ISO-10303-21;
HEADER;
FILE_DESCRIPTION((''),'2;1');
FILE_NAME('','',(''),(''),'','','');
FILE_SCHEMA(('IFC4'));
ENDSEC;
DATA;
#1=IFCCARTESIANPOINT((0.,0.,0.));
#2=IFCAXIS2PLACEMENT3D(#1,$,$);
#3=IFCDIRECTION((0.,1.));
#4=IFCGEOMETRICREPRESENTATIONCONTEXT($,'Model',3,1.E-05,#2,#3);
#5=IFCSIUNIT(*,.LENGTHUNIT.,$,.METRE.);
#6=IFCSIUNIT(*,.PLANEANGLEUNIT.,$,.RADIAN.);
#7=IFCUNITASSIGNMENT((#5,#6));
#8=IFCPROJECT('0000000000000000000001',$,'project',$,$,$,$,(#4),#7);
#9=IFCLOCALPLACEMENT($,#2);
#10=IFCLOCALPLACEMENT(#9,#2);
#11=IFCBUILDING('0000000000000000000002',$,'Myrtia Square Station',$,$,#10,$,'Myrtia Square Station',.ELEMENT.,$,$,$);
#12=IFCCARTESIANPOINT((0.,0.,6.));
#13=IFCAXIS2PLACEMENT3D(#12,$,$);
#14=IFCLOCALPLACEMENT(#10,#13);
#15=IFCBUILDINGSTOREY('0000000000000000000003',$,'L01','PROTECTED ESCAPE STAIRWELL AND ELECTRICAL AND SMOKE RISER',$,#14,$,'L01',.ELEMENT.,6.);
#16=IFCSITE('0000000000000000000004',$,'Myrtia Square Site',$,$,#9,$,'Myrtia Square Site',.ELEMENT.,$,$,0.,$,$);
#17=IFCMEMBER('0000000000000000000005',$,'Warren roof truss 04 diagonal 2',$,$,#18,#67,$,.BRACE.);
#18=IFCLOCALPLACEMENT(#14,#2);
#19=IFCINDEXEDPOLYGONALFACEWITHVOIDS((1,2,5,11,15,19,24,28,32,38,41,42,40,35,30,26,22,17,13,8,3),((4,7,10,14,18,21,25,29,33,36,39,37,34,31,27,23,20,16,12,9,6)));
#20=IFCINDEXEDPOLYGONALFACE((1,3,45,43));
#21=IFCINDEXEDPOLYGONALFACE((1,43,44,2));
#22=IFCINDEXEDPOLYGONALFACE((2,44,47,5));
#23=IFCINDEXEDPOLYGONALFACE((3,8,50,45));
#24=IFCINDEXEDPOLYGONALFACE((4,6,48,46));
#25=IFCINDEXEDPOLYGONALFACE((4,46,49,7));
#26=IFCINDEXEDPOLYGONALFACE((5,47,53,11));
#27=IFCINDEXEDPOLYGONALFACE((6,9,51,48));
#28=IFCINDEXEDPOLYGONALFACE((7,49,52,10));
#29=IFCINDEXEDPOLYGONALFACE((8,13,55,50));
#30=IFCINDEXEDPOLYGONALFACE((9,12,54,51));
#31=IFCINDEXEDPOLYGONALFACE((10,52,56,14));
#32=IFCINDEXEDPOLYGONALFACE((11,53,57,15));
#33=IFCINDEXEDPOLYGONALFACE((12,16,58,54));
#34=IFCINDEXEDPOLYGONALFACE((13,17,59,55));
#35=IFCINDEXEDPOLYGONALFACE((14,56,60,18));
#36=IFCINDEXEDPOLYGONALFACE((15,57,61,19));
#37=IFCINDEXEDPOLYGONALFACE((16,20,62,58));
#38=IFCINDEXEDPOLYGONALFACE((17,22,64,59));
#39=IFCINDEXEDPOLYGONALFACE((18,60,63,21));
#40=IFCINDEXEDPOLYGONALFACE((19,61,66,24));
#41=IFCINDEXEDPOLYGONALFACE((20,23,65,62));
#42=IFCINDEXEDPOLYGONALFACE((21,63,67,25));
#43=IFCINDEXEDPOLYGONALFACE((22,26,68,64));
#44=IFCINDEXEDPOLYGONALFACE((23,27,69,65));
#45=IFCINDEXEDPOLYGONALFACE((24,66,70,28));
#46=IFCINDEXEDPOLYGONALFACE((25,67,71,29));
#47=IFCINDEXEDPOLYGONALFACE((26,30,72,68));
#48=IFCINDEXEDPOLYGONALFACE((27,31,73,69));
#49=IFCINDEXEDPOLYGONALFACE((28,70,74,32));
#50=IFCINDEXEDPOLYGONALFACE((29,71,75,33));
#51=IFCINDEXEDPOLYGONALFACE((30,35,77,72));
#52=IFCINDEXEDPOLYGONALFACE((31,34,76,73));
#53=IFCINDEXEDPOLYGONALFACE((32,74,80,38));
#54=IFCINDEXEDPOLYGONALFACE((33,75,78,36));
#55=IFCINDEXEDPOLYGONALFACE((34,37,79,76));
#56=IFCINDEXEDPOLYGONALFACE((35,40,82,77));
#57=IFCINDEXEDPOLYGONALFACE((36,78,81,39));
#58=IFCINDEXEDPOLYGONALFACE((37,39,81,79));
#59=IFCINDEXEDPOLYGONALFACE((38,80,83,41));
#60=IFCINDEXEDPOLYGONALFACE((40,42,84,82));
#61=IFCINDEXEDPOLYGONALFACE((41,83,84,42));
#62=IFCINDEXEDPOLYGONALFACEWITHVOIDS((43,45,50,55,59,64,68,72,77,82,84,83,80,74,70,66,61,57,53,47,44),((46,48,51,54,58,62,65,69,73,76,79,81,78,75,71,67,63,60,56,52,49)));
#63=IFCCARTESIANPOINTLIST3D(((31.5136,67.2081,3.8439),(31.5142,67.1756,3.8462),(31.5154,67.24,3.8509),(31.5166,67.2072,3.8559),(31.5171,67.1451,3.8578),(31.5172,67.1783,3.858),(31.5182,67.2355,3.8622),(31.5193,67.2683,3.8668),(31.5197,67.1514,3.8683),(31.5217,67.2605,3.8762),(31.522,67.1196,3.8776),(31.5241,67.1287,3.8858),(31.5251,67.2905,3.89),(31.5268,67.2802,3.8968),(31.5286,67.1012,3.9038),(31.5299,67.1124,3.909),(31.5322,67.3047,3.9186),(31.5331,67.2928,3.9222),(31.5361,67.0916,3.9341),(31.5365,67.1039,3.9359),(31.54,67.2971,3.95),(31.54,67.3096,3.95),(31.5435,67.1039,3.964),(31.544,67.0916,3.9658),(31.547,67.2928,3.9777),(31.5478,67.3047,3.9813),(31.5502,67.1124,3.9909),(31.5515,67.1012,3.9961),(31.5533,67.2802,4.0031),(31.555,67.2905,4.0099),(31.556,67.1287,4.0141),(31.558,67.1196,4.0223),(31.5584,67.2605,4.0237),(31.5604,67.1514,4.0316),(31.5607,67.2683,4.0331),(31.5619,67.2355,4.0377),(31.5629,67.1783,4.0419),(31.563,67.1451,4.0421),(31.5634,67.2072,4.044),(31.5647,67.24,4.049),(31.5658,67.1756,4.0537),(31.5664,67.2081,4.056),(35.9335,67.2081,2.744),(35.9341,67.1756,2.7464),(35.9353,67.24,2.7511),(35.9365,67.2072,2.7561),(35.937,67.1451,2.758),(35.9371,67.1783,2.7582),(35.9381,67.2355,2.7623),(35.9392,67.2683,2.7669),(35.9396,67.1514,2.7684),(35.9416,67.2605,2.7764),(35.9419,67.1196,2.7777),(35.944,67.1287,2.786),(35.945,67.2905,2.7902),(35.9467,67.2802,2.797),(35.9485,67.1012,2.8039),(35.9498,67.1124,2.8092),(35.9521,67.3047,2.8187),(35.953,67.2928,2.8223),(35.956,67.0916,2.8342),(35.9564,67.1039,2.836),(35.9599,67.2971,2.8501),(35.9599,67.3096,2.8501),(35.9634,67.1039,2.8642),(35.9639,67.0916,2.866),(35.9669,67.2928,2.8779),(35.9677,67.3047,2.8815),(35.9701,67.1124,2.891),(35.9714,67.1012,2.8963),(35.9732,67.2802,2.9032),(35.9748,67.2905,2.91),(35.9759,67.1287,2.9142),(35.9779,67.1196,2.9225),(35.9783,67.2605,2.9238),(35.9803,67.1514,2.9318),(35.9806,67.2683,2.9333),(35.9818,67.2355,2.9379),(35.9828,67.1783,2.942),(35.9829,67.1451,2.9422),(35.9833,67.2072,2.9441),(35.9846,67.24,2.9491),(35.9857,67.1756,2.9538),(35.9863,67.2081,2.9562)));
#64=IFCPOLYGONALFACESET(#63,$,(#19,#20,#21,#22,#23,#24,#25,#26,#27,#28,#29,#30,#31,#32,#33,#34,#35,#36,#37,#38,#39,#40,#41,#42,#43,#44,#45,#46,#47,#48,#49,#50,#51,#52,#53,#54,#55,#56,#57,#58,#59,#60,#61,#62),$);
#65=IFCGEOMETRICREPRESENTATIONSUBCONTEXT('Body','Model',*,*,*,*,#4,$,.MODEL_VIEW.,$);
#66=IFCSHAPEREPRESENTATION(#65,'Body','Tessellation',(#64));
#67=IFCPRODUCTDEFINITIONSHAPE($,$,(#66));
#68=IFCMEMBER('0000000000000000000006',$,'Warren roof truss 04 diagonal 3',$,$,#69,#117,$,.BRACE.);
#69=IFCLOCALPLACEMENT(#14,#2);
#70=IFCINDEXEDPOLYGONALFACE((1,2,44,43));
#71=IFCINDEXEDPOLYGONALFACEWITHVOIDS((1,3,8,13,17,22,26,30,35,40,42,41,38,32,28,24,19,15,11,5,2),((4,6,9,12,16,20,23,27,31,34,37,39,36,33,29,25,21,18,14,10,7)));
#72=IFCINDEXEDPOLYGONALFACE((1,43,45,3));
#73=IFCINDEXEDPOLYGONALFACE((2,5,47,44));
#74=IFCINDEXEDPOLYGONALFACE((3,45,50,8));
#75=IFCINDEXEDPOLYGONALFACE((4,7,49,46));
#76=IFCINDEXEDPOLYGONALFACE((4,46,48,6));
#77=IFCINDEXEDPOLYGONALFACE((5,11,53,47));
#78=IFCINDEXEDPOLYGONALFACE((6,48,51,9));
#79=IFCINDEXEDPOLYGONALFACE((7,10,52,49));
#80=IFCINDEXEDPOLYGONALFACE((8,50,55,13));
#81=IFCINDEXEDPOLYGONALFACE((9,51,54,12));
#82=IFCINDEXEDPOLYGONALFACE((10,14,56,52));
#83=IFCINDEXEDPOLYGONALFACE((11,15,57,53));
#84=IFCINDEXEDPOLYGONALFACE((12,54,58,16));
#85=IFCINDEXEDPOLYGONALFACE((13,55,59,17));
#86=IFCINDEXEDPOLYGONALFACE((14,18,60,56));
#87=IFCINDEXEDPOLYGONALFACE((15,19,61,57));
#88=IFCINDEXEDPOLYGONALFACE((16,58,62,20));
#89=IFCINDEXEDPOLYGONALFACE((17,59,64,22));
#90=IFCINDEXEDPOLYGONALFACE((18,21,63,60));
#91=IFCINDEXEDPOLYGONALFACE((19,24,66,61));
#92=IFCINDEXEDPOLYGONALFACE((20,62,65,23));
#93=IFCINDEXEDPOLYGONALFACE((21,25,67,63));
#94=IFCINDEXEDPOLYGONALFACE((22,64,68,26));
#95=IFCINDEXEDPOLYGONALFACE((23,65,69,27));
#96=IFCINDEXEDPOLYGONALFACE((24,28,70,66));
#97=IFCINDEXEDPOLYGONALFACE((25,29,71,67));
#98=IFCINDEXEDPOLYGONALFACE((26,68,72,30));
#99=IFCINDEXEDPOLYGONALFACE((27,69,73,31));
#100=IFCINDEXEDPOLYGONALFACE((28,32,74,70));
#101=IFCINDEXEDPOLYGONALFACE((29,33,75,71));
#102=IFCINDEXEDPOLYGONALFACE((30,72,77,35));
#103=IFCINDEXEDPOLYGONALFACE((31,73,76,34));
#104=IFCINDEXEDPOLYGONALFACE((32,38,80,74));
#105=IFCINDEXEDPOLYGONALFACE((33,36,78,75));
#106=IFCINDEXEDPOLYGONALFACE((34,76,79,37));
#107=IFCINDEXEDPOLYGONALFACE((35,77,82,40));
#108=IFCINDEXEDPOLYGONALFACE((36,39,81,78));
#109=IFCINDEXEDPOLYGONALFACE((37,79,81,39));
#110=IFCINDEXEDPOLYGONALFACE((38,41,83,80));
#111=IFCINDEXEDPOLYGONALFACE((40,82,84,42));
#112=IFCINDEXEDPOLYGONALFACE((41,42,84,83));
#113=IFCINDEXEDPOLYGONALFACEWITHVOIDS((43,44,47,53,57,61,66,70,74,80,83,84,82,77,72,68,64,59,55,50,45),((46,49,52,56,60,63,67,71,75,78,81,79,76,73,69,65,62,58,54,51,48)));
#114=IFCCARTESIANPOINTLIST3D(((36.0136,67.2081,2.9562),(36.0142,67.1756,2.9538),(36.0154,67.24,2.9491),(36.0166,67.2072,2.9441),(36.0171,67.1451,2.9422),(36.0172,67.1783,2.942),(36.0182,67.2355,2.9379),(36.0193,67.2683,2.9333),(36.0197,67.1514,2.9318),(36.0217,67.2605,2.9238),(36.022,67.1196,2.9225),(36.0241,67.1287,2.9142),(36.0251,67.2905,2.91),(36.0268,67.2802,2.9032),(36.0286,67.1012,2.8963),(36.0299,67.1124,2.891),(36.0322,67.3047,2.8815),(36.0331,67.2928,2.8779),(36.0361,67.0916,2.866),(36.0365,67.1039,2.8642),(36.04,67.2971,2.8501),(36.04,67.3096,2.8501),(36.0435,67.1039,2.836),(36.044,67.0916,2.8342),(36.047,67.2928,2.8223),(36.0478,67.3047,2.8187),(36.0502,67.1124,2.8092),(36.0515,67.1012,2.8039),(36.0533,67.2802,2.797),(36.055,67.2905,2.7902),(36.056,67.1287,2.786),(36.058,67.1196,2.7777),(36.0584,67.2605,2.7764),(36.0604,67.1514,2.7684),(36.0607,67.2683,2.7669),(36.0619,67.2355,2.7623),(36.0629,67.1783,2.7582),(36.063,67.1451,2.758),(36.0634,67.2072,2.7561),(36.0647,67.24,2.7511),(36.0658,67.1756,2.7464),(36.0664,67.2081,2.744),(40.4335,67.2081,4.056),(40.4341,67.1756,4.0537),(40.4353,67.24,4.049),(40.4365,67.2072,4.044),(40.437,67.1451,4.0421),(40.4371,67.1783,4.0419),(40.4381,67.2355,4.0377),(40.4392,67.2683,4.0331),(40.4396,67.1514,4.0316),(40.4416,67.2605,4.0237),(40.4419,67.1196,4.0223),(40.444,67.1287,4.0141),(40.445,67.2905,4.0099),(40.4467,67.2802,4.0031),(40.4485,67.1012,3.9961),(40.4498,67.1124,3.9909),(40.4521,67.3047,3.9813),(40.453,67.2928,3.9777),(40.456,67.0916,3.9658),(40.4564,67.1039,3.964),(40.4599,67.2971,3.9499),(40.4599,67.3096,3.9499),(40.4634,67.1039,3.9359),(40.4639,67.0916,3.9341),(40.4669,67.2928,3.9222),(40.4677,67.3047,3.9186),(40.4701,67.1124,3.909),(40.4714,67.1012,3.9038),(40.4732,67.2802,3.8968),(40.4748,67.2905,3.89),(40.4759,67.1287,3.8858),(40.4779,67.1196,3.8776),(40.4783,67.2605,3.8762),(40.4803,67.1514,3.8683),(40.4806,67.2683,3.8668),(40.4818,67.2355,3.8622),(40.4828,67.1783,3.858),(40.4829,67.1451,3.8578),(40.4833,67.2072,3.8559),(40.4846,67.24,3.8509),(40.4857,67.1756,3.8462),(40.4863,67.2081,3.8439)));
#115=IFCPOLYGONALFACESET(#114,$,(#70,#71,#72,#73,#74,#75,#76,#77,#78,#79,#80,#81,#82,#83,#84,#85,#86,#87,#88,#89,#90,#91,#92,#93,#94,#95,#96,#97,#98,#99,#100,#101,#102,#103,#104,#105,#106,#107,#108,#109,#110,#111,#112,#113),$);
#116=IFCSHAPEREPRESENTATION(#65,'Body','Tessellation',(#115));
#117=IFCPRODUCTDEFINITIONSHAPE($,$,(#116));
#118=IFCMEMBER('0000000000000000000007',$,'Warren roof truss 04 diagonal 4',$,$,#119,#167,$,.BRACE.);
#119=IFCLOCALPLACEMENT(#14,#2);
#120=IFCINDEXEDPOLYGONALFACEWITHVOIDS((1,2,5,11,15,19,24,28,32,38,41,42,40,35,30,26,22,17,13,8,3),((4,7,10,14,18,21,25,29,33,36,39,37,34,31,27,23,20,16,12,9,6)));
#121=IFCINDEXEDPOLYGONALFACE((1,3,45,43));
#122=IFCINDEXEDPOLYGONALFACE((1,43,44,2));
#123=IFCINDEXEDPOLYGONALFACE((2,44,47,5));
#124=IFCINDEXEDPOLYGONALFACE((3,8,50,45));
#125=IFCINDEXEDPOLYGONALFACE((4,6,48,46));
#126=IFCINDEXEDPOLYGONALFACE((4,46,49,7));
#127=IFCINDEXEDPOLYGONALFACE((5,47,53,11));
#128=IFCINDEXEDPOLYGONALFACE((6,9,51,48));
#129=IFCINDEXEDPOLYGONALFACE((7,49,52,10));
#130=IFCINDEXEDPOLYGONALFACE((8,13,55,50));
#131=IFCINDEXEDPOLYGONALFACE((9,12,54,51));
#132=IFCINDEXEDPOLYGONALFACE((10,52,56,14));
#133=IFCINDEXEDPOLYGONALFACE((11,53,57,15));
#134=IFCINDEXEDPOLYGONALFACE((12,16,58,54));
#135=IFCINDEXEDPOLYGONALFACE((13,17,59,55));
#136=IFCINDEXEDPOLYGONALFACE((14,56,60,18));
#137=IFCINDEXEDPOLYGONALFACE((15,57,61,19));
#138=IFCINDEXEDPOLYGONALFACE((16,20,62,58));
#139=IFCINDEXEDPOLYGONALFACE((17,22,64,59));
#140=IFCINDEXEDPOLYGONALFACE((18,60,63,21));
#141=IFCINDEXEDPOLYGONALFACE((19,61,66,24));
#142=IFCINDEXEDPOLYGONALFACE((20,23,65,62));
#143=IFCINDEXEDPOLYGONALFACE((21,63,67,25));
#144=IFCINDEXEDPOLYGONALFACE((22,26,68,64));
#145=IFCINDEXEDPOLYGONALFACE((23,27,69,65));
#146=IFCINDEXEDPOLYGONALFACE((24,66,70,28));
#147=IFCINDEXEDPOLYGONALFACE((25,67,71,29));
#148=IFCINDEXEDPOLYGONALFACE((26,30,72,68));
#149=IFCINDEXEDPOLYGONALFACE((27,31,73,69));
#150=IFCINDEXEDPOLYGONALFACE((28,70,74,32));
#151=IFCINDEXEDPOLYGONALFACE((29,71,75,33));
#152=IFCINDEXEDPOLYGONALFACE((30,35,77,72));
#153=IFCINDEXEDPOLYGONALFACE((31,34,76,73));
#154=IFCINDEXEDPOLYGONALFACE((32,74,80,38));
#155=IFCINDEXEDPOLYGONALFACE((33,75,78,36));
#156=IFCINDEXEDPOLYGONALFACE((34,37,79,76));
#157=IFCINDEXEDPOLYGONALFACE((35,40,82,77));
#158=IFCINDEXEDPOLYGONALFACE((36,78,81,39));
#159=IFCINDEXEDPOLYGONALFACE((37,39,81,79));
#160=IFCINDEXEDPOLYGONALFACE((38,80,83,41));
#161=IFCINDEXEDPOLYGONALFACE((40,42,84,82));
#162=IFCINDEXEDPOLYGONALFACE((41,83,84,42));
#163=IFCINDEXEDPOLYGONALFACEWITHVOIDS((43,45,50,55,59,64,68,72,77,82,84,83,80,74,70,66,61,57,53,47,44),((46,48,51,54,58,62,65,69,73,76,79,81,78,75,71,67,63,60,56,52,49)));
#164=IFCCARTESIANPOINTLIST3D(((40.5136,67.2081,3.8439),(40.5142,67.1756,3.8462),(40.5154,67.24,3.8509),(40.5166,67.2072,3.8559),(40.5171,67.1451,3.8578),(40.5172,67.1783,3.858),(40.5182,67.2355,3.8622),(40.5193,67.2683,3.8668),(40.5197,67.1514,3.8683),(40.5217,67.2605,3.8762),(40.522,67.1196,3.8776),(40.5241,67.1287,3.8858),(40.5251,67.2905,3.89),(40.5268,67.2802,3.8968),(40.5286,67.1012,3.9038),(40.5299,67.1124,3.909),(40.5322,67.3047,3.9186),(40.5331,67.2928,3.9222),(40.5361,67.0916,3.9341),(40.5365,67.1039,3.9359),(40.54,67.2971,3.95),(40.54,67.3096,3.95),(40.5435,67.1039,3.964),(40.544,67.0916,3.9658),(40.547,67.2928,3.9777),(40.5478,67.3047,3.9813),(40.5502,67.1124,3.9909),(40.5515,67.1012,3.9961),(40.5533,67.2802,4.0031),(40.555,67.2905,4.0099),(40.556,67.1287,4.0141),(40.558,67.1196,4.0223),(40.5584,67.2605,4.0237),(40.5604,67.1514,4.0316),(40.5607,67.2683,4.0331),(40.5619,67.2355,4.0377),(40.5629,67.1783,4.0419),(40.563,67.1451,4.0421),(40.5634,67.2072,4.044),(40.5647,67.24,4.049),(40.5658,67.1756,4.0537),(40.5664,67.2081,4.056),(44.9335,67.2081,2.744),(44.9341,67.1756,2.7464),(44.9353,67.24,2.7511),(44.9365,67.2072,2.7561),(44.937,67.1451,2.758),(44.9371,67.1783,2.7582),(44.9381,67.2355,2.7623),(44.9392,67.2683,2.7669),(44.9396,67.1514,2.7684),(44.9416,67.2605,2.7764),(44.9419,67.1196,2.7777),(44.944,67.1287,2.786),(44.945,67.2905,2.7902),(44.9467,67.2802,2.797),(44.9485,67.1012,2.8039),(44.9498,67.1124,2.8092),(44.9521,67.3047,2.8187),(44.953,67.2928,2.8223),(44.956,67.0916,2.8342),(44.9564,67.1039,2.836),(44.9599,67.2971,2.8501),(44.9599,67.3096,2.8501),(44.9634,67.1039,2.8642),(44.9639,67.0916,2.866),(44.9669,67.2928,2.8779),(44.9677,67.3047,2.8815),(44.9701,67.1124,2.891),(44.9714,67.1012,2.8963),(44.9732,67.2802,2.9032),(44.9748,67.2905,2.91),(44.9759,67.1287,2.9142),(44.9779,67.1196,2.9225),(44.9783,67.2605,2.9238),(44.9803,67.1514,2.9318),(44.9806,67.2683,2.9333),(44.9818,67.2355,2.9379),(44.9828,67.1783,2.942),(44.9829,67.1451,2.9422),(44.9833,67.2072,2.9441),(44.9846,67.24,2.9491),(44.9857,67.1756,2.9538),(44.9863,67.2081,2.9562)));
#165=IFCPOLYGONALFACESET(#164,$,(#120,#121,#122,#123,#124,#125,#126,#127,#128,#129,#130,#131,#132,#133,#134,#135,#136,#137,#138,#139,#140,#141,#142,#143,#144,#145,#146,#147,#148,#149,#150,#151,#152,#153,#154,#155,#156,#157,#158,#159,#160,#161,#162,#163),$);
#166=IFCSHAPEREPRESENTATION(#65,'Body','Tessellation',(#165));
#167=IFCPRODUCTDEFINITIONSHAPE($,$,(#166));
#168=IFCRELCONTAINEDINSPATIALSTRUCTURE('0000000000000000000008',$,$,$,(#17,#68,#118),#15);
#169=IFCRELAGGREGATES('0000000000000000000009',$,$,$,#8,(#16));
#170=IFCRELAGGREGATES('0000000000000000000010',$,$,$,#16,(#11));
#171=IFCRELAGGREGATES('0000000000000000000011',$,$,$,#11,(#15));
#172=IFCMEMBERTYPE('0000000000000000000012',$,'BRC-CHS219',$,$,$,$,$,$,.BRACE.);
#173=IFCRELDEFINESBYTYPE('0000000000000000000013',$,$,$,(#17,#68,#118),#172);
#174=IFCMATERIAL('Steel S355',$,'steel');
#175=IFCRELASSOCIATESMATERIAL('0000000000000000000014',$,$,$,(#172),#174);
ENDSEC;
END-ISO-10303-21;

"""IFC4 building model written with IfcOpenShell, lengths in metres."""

from ifc_helpers import new_model, si_unit, direction, frame, origin, origin_2d, place, context, subcontext, project, spatial, hollow_circle, extrude, material, material_profile, profile_set, type_object, element, save


model = new_model("IFC4")

# Units and contexts
model_context = context("Model", 3, precision=1e-05, world=origin(), true_north=direction((0.0, 1.0)))
body_context = subcontext(model_context, "Body", "Model", "MODEL_VIEW")
ifc_project = project(units=[si_unit("LENGTHUNIT", "METRE"), si_unit("PLANEANGLEUNIT", "RADIAN")], contexts=[model_context])

# Site, building, storey
site_placement = place(None, origin())
site = spatial("IfcSite", under=ifc_project, at=site_placement, Name="Myrtia Square Site", LongName="Myrtia Square Site", CompositionType="ELEMENT", RefElevation=0.0)
building_placement = place(site_placement, origin())
building = spatial("IfcBuilding", under=site, at=building_placement, Name="Myrtia Square Station", LongName="Myrtia Square Station", CompositionType="ELEMENT")
storey_placement = place(building_placement, frame((0.0, 0.0, 6.0)))
storey = spatial("IfcBuildingStorey", under=building, at=storey_placement, Name="L01", Description="PROTECTED ESCAPE STAIRWELL AND ELECTRICAL AND SMOKE RISER", LongName="L01", CompositionType="ELEMENT", Elevation=6.0)

# Shared definitions
ifc_material_1 = material(Name="Steel S355", Category="steel")

# Members
ifc_material_profile_1 = material_profile(ifc_material_1, hollow_circle(Radius=0.1096, WallThickness=0.0125, at=origin_2d()), Name="CHS 219.1x12.5")
ifc_profile_set_1 = profile_set([ifc_material_profile_1], Name="Steel S355")
member_type_1 = type_object("IfcMemberType", Name="BRC-CHS219", PredefinedType="BRACE", material=ifc_profile_set_1)
for number, where, z_axis, x_axis, name in (
    (1, (31.54, 67.2, 3.95), (0.970407, 0.0, -0.241476), (0.0, 1.0, 0.0), "Warren roof truss 04 diagonal 2"),
    (2, (36.04, 67.2, 2.8501), (0.970407, 0.0, 0.241476), (0.0, 1.0, 0.0), "Warren roof truss 04 diagonal 3"),
    (3, (40.54, 67.2, 3.95), (0.970407, 0.0, -0.241476), (0.0, 1.0, 0.0), "Warren roof truss 04 diagonal 4"),
):
    element("IfcMember", number, at=place(storey_placement, frame(where, z_axis=z_axis, x_axis=x_axis)), inside=storey, type_object=member_type_1, Name=name, PredefinedType="BRACE", context=body_context, shape_type="SweptSolid", body=[
        extrude(hollow_circle(Radius=0.1096, WallThickness=0.0125, at=origin_2d()), origin(), (0.0, 0.0, 1.0), 4.5547),
    ])

save(model, "model.ifc")
